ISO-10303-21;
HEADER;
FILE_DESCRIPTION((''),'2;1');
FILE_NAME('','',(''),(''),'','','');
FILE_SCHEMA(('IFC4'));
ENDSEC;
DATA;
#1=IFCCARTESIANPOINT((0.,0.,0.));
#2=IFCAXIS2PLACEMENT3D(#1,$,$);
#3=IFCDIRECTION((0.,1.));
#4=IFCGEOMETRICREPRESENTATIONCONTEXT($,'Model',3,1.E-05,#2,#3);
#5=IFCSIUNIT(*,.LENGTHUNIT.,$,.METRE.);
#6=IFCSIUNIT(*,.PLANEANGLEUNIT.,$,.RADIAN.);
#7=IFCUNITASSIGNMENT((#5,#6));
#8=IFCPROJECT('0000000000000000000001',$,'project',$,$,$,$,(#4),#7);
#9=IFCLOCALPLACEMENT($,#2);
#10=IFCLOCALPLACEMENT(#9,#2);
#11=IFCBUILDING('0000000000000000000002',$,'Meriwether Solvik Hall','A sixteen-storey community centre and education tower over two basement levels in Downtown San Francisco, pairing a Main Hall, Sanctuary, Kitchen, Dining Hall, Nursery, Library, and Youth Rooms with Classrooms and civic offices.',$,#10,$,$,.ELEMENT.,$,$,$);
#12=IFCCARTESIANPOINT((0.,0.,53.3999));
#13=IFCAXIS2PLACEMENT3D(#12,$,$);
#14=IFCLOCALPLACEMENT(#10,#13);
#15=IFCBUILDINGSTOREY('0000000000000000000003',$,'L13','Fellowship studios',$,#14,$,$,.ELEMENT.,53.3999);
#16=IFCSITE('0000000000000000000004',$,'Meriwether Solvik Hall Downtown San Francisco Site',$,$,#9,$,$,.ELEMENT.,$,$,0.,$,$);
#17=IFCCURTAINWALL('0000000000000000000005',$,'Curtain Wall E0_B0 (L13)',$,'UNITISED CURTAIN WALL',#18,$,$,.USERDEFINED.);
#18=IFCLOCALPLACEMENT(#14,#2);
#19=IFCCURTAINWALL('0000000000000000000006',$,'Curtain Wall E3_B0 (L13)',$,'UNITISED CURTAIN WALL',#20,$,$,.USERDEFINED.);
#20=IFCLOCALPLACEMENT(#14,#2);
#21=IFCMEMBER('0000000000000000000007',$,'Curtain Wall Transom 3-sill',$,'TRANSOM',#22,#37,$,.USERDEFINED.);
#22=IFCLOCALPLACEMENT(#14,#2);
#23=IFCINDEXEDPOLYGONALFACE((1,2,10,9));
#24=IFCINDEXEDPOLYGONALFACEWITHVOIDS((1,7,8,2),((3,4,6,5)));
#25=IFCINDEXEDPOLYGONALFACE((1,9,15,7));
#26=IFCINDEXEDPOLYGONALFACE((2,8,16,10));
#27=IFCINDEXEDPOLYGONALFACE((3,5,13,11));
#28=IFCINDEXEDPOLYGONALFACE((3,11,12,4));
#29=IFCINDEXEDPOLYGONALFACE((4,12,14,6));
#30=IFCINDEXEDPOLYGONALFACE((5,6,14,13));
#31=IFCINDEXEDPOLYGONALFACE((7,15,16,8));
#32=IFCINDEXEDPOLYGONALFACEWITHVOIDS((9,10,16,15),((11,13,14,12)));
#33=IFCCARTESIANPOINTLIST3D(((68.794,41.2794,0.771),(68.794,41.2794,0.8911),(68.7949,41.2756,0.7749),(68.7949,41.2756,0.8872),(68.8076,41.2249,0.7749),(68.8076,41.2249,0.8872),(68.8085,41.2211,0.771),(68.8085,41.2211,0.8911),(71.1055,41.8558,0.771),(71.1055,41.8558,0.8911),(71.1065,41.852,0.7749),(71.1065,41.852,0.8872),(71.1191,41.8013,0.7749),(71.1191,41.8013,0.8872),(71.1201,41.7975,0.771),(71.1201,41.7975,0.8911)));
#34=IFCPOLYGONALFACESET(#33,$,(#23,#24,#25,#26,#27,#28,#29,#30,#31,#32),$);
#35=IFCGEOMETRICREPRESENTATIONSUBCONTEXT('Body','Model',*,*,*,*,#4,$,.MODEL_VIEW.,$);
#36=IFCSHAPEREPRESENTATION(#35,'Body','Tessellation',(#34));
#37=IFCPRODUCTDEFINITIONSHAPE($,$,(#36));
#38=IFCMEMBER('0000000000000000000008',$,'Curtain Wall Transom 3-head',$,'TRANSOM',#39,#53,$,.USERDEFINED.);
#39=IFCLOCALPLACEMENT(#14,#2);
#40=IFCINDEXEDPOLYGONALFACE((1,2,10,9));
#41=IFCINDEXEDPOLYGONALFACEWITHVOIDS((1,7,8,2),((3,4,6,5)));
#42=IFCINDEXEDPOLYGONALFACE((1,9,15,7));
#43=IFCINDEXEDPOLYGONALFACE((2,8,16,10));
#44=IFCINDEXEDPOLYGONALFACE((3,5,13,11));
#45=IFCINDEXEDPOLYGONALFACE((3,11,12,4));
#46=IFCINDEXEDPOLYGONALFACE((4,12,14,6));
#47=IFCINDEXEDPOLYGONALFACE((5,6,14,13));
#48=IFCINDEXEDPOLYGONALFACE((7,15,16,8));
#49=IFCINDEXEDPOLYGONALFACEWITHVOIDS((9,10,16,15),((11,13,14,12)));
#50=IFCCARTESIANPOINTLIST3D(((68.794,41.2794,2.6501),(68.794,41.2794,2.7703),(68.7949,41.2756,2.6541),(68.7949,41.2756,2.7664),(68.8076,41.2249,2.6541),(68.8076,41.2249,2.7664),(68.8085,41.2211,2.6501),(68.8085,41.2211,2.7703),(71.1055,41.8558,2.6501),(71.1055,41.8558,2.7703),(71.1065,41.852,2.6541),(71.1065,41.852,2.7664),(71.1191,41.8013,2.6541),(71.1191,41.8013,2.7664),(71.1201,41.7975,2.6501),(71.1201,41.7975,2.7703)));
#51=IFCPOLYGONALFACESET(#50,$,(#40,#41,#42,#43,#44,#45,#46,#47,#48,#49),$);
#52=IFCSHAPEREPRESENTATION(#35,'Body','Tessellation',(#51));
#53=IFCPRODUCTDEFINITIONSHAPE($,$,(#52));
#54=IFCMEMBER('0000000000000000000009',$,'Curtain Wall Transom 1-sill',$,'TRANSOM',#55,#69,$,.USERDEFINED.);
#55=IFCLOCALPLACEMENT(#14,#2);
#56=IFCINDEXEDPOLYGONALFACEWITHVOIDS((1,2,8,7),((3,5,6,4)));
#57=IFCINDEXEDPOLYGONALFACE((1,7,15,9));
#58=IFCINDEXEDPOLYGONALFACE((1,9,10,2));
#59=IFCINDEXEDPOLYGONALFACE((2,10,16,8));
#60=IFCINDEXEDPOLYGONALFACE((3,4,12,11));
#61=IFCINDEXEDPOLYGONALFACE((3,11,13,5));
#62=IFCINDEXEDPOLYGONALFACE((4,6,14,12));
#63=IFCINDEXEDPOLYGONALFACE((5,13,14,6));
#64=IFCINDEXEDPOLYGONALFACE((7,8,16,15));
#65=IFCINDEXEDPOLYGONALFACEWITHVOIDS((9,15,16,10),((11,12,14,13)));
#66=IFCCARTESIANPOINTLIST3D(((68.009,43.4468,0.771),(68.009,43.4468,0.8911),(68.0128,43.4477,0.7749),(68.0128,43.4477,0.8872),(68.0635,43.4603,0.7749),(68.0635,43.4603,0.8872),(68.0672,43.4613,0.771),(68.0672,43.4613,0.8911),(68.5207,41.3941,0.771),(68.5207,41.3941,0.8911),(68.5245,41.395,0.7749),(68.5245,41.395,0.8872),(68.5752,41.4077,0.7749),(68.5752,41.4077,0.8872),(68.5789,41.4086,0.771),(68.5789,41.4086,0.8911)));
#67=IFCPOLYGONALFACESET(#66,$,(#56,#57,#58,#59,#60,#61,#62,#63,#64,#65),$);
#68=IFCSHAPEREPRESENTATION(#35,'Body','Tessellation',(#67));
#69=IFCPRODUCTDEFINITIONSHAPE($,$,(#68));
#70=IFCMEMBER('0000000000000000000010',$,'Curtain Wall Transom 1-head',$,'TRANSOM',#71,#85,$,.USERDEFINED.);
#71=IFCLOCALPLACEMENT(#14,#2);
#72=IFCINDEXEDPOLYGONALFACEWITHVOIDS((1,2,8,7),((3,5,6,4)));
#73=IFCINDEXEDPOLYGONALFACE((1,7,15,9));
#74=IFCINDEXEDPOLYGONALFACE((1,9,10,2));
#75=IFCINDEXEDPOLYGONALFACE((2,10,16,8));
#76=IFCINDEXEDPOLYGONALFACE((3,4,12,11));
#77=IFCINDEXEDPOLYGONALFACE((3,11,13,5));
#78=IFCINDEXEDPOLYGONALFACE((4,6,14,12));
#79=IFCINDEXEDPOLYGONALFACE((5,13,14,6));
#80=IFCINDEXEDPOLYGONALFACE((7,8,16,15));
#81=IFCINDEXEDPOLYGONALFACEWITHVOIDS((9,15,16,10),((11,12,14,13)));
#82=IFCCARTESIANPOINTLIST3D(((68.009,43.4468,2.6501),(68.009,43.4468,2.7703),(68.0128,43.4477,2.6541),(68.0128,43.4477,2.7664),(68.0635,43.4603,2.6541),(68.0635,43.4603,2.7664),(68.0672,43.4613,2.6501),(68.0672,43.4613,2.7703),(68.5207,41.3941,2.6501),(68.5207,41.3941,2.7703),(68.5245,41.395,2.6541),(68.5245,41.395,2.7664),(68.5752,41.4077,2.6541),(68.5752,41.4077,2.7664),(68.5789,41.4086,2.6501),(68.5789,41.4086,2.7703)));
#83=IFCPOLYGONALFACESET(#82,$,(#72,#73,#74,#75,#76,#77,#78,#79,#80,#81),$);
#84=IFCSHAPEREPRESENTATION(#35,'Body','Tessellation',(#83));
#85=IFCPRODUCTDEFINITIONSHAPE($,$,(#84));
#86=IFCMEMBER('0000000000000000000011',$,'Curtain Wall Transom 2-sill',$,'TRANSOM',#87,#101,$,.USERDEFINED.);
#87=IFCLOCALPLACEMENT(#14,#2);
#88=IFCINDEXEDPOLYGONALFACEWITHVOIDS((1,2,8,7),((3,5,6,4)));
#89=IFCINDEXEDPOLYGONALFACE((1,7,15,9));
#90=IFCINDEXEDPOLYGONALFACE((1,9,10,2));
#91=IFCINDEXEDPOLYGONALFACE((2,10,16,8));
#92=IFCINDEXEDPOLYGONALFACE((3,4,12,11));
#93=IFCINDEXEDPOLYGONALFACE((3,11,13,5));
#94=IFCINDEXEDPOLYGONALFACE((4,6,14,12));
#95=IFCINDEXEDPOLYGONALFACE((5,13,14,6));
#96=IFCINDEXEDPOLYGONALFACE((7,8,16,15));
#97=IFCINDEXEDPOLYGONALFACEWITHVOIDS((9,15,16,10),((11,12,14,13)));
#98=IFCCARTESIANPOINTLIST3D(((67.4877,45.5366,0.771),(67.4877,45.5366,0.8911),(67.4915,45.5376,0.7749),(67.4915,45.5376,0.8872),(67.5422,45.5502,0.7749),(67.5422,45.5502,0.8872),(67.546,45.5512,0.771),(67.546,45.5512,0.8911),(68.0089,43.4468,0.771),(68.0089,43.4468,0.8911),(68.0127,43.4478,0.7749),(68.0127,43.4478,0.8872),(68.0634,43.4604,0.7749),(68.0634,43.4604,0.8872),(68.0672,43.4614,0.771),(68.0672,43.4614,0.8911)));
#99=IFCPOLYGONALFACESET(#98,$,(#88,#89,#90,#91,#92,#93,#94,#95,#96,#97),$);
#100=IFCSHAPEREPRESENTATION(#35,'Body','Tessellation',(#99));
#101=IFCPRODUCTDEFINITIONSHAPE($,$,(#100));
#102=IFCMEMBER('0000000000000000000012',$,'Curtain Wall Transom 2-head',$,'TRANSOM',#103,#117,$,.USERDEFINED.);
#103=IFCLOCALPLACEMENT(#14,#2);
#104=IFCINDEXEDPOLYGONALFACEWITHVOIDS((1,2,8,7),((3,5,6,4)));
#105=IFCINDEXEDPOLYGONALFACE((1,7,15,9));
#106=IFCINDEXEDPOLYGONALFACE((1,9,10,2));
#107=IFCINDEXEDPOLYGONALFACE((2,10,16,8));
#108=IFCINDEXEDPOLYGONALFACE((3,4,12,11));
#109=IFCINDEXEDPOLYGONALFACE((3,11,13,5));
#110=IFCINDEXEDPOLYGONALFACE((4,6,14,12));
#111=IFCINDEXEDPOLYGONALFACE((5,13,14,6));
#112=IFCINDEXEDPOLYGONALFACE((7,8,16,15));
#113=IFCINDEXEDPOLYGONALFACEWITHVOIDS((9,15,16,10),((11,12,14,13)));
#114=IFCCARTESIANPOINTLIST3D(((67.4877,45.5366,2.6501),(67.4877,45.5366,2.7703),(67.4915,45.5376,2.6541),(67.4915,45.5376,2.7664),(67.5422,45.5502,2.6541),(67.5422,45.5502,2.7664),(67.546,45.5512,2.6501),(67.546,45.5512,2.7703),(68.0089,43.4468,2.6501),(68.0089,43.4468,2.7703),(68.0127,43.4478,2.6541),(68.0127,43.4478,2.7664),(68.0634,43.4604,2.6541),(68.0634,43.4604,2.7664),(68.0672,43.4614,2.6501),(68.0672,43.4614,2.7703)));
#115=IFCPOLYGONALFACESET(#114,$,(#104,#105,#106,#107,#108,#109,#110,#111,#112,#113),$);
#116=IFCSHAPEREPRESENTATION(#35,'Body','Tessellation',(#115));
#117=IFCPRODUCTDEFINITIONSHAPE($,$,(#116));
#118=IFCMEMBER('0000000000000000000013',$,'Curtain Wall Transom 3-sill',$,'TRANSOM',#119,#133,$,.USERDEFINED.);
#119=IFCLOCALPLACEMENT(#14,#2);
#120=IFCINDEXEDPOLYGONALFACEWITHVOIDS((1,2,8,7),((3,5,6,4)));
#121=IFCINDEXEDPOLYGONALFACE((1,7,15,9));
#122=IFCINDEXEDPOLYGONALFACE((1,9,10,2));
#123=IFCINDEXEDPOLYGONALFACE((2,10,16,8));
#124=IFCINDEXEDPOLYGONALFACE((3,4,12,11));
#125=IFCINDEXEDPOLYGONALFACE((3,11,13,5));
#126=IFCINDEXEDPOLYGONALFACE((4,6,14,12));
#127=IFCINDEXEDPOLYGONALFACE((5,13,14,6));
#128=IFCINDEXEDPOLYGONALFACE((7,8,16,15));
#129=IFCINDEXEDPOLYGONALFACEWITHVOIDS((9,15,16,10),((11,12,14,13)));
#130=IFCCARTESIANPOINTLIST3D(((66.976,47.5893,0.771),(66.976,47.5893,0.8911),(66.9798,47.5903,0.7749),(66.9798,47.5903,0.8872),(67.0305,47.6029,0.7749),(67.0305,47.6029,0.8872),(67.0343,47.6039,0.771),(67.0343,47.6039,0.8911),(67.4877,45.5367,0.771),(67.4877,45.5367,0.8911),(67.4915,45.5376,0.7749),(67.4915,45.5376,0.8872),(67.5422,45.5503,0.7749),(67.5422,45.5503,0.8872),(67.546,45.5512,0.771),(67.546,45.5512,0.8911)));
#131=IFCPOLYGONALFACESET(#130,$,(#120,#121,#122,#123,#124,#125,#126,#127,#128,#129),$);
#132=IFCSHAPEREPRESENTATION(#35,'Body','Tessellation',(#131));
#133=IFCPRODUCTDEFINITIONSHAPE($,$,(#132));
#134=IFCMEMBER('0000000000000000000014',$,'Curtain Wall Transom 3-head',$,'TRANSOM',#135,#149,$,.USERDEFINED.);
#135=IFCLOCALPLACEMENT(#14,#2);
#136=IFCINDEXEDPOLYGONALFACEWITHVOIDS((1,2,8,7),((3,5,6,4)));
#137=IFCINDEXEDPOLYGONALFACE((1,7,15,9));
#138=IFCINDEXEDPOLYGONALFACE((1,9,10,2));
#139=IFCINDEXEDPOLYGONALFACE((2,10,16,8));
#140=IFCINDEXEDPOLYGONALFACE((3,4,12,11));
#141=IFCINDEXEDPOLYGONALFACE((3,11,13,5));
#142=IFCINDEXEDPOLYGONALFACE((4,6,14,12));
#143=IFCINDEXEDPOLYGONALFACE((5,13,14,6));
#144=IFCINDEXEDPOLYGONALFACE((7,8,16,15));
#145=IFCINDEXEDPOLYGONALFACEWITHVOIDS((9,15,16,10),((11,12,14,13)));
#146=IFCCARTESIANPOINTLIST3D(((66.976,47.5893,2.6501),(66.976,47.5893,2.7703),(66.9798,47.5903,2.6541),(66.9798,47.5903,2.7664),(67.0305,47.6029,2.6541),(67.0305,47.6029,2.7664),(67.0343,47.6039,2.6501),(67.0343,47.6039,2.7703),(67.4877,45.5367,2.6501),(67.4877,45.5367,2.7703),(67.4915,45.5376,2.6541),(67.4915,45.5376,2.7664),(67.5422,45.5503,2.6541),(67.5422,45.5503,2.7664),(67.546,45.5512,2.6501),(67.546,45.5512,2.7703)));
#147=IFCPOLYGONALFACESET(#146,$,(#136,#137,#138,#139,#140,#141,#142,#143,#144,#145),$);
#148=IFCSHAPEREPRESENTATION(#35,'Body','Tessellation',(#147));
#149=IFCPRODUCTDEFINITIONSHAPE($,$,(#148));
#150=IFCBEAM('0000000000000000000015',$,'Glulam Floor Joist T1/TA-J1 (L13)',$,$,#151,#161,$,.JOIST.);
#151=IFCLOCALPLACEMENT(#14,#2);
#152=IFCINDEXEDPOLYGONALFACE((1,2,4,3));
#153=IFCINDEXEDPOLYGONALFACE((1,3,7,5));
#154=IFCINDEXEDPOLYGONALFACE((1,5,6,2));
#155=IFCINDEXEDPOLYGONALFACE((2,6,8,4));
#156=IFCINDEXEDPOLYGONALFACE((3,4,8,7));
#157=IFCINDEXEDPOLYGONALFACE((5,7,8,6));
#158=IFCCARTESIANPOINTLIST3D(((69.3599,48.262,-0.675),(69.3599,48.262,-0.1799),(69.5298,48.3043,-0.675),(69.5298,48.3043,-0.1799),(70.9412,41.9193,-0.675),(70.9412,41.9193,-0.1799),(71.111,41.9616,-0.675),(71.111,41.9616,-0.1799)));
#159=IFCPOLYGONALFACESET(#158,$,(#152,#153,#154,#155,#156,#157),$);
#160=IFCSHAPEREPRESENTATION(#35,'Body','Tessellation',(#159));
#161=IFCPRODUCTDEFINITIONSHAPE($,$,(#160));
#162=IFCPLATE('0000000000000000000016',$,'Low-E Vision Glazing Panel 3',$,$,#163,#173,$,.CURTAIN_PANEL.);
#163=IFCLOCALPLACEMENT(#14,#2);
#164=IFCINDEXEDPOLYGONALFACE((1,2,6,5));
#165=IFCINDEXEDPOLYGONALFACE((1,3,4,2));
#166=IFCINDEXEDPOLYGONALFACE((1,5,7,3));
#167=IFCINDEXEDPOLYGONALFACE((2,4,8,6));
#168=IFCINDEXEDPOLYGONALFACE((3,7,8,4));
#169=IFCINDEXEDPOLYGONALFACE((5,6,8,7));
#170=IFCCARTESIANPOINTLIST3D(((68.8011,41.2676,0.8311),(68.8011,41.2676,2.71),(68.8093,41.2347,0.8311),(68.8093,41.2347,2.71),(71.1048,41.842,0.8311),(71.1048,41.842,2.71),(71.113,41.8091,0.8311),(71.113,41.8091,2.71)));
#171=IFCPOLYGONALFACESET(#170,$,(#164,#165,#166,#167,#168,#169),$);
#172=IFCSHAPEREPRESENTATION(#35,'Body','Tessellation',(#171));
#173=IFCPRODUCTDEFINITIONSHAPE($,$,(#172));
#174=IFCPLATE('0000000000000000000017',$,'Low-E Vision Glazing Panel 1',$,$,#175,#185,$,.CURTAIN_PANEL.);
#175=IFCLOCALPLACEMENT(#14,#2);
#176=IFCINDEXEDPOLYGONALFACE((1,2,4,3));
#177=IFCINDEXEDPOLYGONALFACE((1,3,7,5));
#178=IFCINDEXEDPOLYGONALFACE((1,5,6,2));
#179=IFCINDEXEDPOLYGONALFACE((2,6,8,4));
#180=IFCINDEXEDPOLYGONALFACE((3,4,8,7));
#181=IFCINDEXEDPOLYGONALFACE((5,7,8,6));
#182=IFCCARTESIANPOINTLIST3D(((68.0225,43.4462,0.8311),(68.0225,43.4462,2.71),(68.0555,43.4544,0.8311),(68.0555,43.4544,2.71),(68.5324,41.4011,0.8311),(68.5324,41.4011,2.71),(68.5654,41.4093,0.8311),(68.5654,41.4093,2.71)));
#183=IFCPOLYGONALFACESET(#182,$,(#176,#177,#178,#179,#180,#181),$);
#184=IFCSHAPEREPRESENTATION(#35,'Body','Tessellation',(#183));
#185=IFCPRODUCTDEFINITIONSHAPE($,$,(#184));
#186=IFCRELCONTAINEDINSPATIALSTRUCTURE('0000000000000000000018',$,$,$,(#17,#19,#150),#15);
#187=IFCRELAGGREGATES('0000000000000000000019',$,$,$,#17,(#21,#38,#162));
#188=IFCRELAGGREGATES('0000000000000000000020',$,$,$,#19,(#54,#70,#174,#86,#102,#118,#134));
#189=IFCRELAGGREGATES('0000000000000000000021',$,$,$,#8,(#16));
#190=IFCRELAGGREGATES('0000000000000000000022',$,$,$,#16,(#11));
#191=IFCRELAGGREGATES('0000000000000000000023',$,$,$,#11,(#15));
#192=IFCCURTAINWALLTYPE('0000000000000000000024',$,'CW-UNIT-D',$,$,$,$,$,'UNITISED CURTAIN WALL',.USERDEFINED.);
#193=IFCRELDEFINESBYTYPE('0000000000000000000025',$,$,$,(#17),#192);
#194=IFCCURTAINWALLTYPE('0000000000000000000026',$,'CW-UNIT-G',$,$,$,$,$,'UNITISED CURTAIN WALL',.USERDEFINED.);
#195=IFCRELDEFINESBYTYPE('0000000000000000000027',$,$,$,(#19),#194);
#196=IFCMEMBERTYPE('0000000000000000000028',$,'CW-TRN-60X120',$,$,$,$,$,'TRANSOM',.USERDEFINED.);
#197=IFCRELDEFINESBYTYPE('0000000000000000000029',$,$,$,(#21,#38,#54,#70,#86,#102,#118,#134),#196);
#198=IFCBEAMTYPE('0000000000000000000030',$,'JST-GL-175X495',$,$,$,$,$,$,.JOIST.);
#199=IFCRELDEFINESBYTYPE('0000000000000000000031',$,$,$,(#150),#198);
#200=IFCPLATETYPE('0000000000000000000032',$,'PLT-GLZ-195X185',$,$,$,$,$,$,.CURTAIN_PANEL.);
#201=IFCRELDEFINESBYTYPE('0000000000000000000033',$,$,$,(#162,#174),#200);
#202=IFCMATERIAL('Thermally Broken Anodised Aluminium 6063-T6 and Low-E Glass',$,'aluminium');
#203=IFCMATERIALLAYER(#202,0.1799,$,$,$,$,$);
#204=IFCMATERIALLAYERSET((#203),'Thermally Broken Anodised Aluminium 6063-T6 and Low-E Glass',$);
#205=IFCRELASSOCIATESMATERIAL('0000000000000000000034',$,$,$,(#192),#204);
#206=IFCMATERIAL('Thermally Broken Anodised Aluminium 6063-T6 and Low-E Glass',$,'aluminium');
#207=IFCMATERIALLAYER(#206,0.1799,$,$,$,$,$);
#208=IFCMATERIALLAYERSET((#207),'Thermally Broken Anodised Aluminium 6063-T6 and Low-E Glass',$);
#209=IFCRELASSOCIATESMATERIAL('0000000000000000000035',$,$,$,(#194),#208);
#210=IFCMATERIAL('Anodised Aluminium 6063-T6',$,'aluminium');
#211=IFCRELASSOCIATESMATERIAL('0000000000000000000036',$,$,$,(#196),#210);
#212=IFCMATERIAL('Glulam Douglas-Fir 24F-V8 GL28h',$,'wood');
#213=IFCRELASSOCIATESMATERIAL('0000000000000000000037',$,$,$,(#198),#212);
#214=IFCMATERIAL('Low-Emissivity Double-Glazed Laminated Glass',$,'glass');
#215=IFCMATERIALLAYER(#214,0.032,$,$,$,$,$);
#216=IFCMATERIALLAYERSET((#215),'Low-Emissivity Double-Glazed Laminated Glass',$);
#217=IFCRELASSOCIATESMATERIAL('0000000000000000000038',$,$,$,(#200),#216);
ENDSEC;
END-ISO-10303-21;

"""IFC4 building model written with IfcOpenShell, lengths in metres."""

from ifc_helpers import new_model, si_unit, direction, frame, origin, origin_2d, place, context, subcontext, project, spatial, rectangle, hollow_rectangle, extrude, material, layer, layer_set, material_profile, profile_set, type_object, element, aggregate, save


model = new_model("IFC4")

# Units and contexts
model_context = context("Model", 3, precision=1e-05, world=origin(), true_north=direction((0.0, 1.0)))
body_context = subcontext(model_context, "Body", "Model", "MODEL_VIEW")
ifc_project = project(units=[si_unit("LENGTHUNIT", "METRE"), si_unit("PLANEANGLEUNIT", "RADIAN")], contexts=[model_context])

# Site, building, storey
site_placement = place(None, origin())
site = spatial("IfcSite", under=ifc_project, at=site_placement, Name="Meriwether Solvik Hall Downtown San Francisco Site", CompositionType="ELEMENT", RefElevation=0.0)
building_placement = place(site_placement, origin())
building = spatial("IfcBuilding", under=site, at=building_placement, Name="Meriwether Solvik Hall", Description="A sixteen-storey community centre and education tower over two basement levels in Downtown San Francisco, pairing a Main Hall, Sanctuary, Kitchen, Dining Hall, Nursery, Library, and Youth Rooms with Classrooms and civic offices.", CompositionType="ELEMENT")
storey_placement = place(building_placement, frame((0.0, 0.0, 53.3999)))
storey = spatial("IfcBuildingStorey", under=building, at=storey_placement, Name="L13", Description="Fellowship studios", CompositionType="ELEMENT", Elevation=53.3999)

# Curtain walls
ifc_material_1 = material(Name="Thermally Broken Anodised Aluminium 6063-T6 and Low-E Glass", Category="aluminium")
ifc_layer_1 = layer(ifc_material_1, 0.1799)
ifc_layer_set_1 = layer_set([ifc_layer_1], Name="Thermally Broken Anodised Aluminium 6063-T6 and Low-E Glass")
curtain_wall_type_1 = type_object("IfcCurtainWallType", Name="CW-UNIT-D", ElementType="UNITISED CURTAIN WALL", PredefinedType="USERDEFINED", material=ifc_layer_set_1)
curtain_wall_1_placement = place(storey_placement, origin())
curtain_wall_1 = element("IfcCurtainWall", 1, at=curtain_wall_1_placement, inside=storey, type_object=curtain_wall_type_1, Name="Curtain Wall E0_B0 (L13)", ObjectType="UNITISED CURTAIN WALL", PredefinedType="USERDEFINED")
ifc_material_2 = material(Name="Thermally Broken Anodised Aluminium 6063-T6 and Low-E Glass", Category="aluminium")
ifc_layer_2 = layer(ifc_material_2, 0.1799)
ifc_layer_set_2 = layer_set([ifc_layer_2], Name="Thermally Broken Anodised Aluminium 6063-T6 and Low-E Glass")
curtain_wall_type_2 = type_object("IfcCurtainWallType", Name="CW-UNIT-G", ElementType="UNITISED CURTAIN WALL", PredefinedType="USERDEFINED", material=ifc_layer_set_2)
curtain_wall_2_placement = place(storey_placement, origin())
curtain_wall_2 = element("IfcCurtainWall", 2, at=curtain_wall_2_placement, inside=storey, type_object=curtain_wall_type_2, Name="Curtain Wall E3_B0 (L13)", ObjectType="UNITISED CURTAIN WALL", PredefinedType="USERDEFINED")

# Members
ifc_material_3 = material(Name="Anodised Aluminium 6063-T6", Category="aluminium")
ifc_material_profile_1 = material_profile(ifc_material_3, hollow_rectangle(XDim=0.0601, YDim=0.1201, WallThickness=0.0039, at=origin_2d()), Name="CWT-60X120")
ifc_profile_set_1 = profile_set([ifc_material_profile_1], Name="Anodised Aluminium 6063-T6")
member_type_1 = type_object("IfcMemberType", Name="CW-TRN-60X120", ElementType="TRANSOM", PredefinedType="USERDEFINED", material=ifc_profile_set_1)
member_1_placement = place(storey_placement, frame((71.1128, 41.8267, 0.8311), z_axis=(-0.970287, -0.241957, 0.0), x_axis=(0.241957, -0.970287, 0.0)))
member_1 = element("IfcMember", 3, at=member_1_placement, type_object=member_type_1, Name="Curtain Wall Transom 3-sill", ObjectType="TRANSOM", PredefinedType="USERDEFINED", context=body_context, shape_type="SweptSolid", body=[
    extrude(hollow_rectangle(XDim=0.0601, YDim=0.1201, WallThickness=0.0039, at=origin_2d()), origin(), (0.0, 0.0, 1.0), 2.3823),
])
member_2_placement = place(storey_placement, frame((71.1128, 41.8267, 2.7102), z_axis=(-0.970287, -0.241957, 0.0), x_axis=(0.241957, -0.970287, 0.0)))
member_2 = element("IfcMember", 4, at=member_2_placement, type_object=member_type_1, Name="Curtain Wall Transom 3-head", ObjectType="TRANSOM", PredefinedType="USERDEFINED", context=body_context, shape_type="SweptSolid", body=[
    extrude(hollow_rectangle(XDim=0.0601, YDim=0.1201, WallThickness=0.0039, at=origin_2d()), origin(), (0.0, 0.0, 1.0), 2.3823),
])
member_3_placement = place(storey_placement, frame((68.5498, 41.4014, 0.8311), z_axis=(-0.241884, 0.970305, 0.0), x_axis=(-0.970305, -0.241884, 0.0)))
member_3 = element("IfcMember", 5, at=member_3_placement, type_object=member_type_1, Name="Curtain Wall Transom 1-sill", ObjectType="TRANSOM", PredefinedType="USERDEFINED", context=body_context, shape_type="SweptSolid", body=[
    extrude(hollow_rectangle(XDim=0.0601, YDim=0.1201, WallThickness=0.0039, at=origin_2d()), origin(), (0.0, 0.0, 1.0), 2.1155),
])
member_4_placement = place(storey_placement, frame((68.5498, 41.4014, 2.7102), z_axis=(-0.241884, 0.970305, 0.0), x_axis=(-0.970305, -0.241884, 0.0)))
member_4 = element("IfcMember", 6, at=member_4_placement, type_object=member_type_1, Name="Curtain Wall Transom 1-head", ObjectType="TRANSOM", PredefinedType="USERDEFINED", context=body_context, shape_type="SweptSolid", body=[
    extrude(hollow_rectangle(XDim=0.0601, YDim=0.1201, WallThickness=0.0039, at=origin_2d()), origin(), (0.0, 0.0, 1.0), 2.1155),
])
member_5_placement = place(storey_placement, frame((68.0381, 43.4541, 0.8311), z_axis=(-0.242002, 0.970276, 0.0), x_axis=(-0.970276, -0.242002, 0.0)))
member_5 = element("IfcMember", 7, at=member_5_placement, type_object=member_type_1, Name="Curtain Wall Transom 2-sill", ObjectType="TRANSOM", PredefinedType="USERDEFINED", context=body_context, shape_type="SweptSolid", body=[
    extrude(hollow_rectangle(XDim=0.0601, YDim=0.1201, WallThickness=0.0039, at=origin_2d()), origin(), (0.0, 0.0, 1.0), 2.1538),
])
member_6_placement = place(storey_placement, frame((68.0381, 43.4541, 2.7102), z_axis=(-0.242002, 0.970276, 0.0), x_axis=(-0.970276, -0.242002, 0.0)))
member_6 = element("IfcMember", 8, at=member_6_placement, type_object=member_type_1, Name="Curtain Wall Transom 2-head", ObjectType="TRANSOM", PredefinedType="USERDEFINED", context=body_context, shape_type="SweptSolid", body=[
    extrude(hollow_rectangle(XDim=0.0601, YDim=0.1201, WallThickness=0.0039, at=origin_2d()), origin(), (0.0, 0.0, 1.0), 2.1538),
])
member_7_placement = place(storey_placement, frame((67.5168, 45.5439, 0.8311), z_axis=(-0.241884, 0.970305, 0.0), x_axis=(-0.970305, -0.241884, 0.0)))
member_7 = element("IfcMember", 9, at=member_7_placement, type_object=member_type_1, Name="Curtain Wall Transom 3-sill", ObjectType="TRANSOM", PredefinedType="USERDEFINED", context=body_context, shape_type="SweptSolid", body=[
    extrude(hollow_rectangle(XDim=0.0601, YDim=0.1201, WallThickness=0.0039, at=origin_2d()), origin(), (0.0, 0.0, 1.0), 2.1155),
])
member_8_placement = place(storey_placement, frame((67.5168, 45.5439, 2.7102), z_axis=(-0.241884, 0.970305, 0.0), x_axis=(-0.970305, -0.241884, 0.0)))
member_8 = element("IfcMember", 10, at=member_8_placement, type_object=member_type_1, Name="Curtain Wall Transom 3-head", ObjectType="TRANSOM", PredefinedType="USERDEFINED", context=body_context, shape_type="SweptSolid", body=[
    extrude(hollow_rectangle(XDim=0.0601, YDim=0.1201, WallThickness=0.0039, at=origin_2d()), origin(), (0.0, 0.0, 1.0), 2.1155),
])

# Beam
ifc_material_4 = material(Name="Glulam Douglas-Fir 24F-V8 GL28h", Category="wood")
ifc_material_profile_2 = material_profile(ifc_material_4, rectangle(XDim=0.175, YDim=0.4951, at=origin_2d()), Name="GLJ-175X495")
ifc_profile_set_2 = profile_set([ifc_material_profile_2], Name="Glulam Douglas-Fir 24F-V8 GL28h")
beam_type_1 = type_object("IfcBeamType", Name="JST-GL-175X495", PredefinedType="JOIST", material=ifc_profile_set_2)
beam_1_placement = place(storey_placement, frame((71.0261, 41.9404, -0.4275), z_axis=(-0.241903, 0.9703, 0.0), x_axis=(-0.9703, -0.241903, 0.0)))
element("IfcBeam", 11, at=beam_1_placement, inside=storey, type_object=beam_type_1, Name="Glulam Floor Joist T1/TA-J1 (L13)", PredefinedType="JOIST", context=body_context, shape_type="SweptSolid", body=[
    extrude(rectangle(XDim=0.175, YDim=0.4951, at=origin_2d()), origin(), (0.0, 0.0, 1.0), 6.5369),
])

# Plates
ifc_material_5 = material(Name="Low-Emissivity Double-Glazed Laminated Glass", Category="glass")
ifc_layer_3 = layer(ifc_material_5, 0.032)
ifc_layer_set_3 = layer_set([ifc_layer_3], Name="Low-Emissivity Double-Glazed Laminated Glass")
plate_type_1 = type_object("IfcPlateType", Name="PLT-GLZ-195X185", PredefinedType="CURTAIN_PANEL", material=ifc_layer_set_3)
plate_1_placement = place(storey_placement, frame((69.957, 41.5383, 0.8311), z_axis=(0.0, 0.0, 1.0), x_axis=(-0.970296, -0.241922, 0.0)))
plate_1 = element("IfcPlate", 12, at=plate_1_placement, type_object=plate_type_1, Name="Low-E Vision Glazing Panel 3", PredefinedType="CURTAIN_PANEL", context=body_context, shape_type="SweptSolid", body=[
    extrude(rectangle(XDim=2.3743, YDim=0.0339, at=origin_2d()), origin(), (0.0, 0.0, 1.0), 1.8789),
])
plate_2_placement = place(storey_placement, frame((68.2939, 42.4277, 0.8311), z_axis=(0.0, 0.0, 1.0), x_axis=(-0.241922, 0.970296, 0.0)))
plate_2 = element("IfcPlate", 13, at=plate_2_placement, type_object=plate_type_1, Name="Low-E Vision Glazing Panel 1", PredefinedType="CURTAIN_PANEL", context=body_context, shape_type="SweptSolid", body=[
    extrude(rectangle(XDim=2.1077, YDim=0.0339, at=origin_2d()), origin(), (0.0, 0.0, 1.0), 1.8789),
])
aggregate(curtain_wall_1, [member_1, member_2, plate_1])
aggregate(curtain_wall_2, [member_3, member_4, plate_2, member_5, member_6, member_7, member_8])

save(model, "model.ifc")
